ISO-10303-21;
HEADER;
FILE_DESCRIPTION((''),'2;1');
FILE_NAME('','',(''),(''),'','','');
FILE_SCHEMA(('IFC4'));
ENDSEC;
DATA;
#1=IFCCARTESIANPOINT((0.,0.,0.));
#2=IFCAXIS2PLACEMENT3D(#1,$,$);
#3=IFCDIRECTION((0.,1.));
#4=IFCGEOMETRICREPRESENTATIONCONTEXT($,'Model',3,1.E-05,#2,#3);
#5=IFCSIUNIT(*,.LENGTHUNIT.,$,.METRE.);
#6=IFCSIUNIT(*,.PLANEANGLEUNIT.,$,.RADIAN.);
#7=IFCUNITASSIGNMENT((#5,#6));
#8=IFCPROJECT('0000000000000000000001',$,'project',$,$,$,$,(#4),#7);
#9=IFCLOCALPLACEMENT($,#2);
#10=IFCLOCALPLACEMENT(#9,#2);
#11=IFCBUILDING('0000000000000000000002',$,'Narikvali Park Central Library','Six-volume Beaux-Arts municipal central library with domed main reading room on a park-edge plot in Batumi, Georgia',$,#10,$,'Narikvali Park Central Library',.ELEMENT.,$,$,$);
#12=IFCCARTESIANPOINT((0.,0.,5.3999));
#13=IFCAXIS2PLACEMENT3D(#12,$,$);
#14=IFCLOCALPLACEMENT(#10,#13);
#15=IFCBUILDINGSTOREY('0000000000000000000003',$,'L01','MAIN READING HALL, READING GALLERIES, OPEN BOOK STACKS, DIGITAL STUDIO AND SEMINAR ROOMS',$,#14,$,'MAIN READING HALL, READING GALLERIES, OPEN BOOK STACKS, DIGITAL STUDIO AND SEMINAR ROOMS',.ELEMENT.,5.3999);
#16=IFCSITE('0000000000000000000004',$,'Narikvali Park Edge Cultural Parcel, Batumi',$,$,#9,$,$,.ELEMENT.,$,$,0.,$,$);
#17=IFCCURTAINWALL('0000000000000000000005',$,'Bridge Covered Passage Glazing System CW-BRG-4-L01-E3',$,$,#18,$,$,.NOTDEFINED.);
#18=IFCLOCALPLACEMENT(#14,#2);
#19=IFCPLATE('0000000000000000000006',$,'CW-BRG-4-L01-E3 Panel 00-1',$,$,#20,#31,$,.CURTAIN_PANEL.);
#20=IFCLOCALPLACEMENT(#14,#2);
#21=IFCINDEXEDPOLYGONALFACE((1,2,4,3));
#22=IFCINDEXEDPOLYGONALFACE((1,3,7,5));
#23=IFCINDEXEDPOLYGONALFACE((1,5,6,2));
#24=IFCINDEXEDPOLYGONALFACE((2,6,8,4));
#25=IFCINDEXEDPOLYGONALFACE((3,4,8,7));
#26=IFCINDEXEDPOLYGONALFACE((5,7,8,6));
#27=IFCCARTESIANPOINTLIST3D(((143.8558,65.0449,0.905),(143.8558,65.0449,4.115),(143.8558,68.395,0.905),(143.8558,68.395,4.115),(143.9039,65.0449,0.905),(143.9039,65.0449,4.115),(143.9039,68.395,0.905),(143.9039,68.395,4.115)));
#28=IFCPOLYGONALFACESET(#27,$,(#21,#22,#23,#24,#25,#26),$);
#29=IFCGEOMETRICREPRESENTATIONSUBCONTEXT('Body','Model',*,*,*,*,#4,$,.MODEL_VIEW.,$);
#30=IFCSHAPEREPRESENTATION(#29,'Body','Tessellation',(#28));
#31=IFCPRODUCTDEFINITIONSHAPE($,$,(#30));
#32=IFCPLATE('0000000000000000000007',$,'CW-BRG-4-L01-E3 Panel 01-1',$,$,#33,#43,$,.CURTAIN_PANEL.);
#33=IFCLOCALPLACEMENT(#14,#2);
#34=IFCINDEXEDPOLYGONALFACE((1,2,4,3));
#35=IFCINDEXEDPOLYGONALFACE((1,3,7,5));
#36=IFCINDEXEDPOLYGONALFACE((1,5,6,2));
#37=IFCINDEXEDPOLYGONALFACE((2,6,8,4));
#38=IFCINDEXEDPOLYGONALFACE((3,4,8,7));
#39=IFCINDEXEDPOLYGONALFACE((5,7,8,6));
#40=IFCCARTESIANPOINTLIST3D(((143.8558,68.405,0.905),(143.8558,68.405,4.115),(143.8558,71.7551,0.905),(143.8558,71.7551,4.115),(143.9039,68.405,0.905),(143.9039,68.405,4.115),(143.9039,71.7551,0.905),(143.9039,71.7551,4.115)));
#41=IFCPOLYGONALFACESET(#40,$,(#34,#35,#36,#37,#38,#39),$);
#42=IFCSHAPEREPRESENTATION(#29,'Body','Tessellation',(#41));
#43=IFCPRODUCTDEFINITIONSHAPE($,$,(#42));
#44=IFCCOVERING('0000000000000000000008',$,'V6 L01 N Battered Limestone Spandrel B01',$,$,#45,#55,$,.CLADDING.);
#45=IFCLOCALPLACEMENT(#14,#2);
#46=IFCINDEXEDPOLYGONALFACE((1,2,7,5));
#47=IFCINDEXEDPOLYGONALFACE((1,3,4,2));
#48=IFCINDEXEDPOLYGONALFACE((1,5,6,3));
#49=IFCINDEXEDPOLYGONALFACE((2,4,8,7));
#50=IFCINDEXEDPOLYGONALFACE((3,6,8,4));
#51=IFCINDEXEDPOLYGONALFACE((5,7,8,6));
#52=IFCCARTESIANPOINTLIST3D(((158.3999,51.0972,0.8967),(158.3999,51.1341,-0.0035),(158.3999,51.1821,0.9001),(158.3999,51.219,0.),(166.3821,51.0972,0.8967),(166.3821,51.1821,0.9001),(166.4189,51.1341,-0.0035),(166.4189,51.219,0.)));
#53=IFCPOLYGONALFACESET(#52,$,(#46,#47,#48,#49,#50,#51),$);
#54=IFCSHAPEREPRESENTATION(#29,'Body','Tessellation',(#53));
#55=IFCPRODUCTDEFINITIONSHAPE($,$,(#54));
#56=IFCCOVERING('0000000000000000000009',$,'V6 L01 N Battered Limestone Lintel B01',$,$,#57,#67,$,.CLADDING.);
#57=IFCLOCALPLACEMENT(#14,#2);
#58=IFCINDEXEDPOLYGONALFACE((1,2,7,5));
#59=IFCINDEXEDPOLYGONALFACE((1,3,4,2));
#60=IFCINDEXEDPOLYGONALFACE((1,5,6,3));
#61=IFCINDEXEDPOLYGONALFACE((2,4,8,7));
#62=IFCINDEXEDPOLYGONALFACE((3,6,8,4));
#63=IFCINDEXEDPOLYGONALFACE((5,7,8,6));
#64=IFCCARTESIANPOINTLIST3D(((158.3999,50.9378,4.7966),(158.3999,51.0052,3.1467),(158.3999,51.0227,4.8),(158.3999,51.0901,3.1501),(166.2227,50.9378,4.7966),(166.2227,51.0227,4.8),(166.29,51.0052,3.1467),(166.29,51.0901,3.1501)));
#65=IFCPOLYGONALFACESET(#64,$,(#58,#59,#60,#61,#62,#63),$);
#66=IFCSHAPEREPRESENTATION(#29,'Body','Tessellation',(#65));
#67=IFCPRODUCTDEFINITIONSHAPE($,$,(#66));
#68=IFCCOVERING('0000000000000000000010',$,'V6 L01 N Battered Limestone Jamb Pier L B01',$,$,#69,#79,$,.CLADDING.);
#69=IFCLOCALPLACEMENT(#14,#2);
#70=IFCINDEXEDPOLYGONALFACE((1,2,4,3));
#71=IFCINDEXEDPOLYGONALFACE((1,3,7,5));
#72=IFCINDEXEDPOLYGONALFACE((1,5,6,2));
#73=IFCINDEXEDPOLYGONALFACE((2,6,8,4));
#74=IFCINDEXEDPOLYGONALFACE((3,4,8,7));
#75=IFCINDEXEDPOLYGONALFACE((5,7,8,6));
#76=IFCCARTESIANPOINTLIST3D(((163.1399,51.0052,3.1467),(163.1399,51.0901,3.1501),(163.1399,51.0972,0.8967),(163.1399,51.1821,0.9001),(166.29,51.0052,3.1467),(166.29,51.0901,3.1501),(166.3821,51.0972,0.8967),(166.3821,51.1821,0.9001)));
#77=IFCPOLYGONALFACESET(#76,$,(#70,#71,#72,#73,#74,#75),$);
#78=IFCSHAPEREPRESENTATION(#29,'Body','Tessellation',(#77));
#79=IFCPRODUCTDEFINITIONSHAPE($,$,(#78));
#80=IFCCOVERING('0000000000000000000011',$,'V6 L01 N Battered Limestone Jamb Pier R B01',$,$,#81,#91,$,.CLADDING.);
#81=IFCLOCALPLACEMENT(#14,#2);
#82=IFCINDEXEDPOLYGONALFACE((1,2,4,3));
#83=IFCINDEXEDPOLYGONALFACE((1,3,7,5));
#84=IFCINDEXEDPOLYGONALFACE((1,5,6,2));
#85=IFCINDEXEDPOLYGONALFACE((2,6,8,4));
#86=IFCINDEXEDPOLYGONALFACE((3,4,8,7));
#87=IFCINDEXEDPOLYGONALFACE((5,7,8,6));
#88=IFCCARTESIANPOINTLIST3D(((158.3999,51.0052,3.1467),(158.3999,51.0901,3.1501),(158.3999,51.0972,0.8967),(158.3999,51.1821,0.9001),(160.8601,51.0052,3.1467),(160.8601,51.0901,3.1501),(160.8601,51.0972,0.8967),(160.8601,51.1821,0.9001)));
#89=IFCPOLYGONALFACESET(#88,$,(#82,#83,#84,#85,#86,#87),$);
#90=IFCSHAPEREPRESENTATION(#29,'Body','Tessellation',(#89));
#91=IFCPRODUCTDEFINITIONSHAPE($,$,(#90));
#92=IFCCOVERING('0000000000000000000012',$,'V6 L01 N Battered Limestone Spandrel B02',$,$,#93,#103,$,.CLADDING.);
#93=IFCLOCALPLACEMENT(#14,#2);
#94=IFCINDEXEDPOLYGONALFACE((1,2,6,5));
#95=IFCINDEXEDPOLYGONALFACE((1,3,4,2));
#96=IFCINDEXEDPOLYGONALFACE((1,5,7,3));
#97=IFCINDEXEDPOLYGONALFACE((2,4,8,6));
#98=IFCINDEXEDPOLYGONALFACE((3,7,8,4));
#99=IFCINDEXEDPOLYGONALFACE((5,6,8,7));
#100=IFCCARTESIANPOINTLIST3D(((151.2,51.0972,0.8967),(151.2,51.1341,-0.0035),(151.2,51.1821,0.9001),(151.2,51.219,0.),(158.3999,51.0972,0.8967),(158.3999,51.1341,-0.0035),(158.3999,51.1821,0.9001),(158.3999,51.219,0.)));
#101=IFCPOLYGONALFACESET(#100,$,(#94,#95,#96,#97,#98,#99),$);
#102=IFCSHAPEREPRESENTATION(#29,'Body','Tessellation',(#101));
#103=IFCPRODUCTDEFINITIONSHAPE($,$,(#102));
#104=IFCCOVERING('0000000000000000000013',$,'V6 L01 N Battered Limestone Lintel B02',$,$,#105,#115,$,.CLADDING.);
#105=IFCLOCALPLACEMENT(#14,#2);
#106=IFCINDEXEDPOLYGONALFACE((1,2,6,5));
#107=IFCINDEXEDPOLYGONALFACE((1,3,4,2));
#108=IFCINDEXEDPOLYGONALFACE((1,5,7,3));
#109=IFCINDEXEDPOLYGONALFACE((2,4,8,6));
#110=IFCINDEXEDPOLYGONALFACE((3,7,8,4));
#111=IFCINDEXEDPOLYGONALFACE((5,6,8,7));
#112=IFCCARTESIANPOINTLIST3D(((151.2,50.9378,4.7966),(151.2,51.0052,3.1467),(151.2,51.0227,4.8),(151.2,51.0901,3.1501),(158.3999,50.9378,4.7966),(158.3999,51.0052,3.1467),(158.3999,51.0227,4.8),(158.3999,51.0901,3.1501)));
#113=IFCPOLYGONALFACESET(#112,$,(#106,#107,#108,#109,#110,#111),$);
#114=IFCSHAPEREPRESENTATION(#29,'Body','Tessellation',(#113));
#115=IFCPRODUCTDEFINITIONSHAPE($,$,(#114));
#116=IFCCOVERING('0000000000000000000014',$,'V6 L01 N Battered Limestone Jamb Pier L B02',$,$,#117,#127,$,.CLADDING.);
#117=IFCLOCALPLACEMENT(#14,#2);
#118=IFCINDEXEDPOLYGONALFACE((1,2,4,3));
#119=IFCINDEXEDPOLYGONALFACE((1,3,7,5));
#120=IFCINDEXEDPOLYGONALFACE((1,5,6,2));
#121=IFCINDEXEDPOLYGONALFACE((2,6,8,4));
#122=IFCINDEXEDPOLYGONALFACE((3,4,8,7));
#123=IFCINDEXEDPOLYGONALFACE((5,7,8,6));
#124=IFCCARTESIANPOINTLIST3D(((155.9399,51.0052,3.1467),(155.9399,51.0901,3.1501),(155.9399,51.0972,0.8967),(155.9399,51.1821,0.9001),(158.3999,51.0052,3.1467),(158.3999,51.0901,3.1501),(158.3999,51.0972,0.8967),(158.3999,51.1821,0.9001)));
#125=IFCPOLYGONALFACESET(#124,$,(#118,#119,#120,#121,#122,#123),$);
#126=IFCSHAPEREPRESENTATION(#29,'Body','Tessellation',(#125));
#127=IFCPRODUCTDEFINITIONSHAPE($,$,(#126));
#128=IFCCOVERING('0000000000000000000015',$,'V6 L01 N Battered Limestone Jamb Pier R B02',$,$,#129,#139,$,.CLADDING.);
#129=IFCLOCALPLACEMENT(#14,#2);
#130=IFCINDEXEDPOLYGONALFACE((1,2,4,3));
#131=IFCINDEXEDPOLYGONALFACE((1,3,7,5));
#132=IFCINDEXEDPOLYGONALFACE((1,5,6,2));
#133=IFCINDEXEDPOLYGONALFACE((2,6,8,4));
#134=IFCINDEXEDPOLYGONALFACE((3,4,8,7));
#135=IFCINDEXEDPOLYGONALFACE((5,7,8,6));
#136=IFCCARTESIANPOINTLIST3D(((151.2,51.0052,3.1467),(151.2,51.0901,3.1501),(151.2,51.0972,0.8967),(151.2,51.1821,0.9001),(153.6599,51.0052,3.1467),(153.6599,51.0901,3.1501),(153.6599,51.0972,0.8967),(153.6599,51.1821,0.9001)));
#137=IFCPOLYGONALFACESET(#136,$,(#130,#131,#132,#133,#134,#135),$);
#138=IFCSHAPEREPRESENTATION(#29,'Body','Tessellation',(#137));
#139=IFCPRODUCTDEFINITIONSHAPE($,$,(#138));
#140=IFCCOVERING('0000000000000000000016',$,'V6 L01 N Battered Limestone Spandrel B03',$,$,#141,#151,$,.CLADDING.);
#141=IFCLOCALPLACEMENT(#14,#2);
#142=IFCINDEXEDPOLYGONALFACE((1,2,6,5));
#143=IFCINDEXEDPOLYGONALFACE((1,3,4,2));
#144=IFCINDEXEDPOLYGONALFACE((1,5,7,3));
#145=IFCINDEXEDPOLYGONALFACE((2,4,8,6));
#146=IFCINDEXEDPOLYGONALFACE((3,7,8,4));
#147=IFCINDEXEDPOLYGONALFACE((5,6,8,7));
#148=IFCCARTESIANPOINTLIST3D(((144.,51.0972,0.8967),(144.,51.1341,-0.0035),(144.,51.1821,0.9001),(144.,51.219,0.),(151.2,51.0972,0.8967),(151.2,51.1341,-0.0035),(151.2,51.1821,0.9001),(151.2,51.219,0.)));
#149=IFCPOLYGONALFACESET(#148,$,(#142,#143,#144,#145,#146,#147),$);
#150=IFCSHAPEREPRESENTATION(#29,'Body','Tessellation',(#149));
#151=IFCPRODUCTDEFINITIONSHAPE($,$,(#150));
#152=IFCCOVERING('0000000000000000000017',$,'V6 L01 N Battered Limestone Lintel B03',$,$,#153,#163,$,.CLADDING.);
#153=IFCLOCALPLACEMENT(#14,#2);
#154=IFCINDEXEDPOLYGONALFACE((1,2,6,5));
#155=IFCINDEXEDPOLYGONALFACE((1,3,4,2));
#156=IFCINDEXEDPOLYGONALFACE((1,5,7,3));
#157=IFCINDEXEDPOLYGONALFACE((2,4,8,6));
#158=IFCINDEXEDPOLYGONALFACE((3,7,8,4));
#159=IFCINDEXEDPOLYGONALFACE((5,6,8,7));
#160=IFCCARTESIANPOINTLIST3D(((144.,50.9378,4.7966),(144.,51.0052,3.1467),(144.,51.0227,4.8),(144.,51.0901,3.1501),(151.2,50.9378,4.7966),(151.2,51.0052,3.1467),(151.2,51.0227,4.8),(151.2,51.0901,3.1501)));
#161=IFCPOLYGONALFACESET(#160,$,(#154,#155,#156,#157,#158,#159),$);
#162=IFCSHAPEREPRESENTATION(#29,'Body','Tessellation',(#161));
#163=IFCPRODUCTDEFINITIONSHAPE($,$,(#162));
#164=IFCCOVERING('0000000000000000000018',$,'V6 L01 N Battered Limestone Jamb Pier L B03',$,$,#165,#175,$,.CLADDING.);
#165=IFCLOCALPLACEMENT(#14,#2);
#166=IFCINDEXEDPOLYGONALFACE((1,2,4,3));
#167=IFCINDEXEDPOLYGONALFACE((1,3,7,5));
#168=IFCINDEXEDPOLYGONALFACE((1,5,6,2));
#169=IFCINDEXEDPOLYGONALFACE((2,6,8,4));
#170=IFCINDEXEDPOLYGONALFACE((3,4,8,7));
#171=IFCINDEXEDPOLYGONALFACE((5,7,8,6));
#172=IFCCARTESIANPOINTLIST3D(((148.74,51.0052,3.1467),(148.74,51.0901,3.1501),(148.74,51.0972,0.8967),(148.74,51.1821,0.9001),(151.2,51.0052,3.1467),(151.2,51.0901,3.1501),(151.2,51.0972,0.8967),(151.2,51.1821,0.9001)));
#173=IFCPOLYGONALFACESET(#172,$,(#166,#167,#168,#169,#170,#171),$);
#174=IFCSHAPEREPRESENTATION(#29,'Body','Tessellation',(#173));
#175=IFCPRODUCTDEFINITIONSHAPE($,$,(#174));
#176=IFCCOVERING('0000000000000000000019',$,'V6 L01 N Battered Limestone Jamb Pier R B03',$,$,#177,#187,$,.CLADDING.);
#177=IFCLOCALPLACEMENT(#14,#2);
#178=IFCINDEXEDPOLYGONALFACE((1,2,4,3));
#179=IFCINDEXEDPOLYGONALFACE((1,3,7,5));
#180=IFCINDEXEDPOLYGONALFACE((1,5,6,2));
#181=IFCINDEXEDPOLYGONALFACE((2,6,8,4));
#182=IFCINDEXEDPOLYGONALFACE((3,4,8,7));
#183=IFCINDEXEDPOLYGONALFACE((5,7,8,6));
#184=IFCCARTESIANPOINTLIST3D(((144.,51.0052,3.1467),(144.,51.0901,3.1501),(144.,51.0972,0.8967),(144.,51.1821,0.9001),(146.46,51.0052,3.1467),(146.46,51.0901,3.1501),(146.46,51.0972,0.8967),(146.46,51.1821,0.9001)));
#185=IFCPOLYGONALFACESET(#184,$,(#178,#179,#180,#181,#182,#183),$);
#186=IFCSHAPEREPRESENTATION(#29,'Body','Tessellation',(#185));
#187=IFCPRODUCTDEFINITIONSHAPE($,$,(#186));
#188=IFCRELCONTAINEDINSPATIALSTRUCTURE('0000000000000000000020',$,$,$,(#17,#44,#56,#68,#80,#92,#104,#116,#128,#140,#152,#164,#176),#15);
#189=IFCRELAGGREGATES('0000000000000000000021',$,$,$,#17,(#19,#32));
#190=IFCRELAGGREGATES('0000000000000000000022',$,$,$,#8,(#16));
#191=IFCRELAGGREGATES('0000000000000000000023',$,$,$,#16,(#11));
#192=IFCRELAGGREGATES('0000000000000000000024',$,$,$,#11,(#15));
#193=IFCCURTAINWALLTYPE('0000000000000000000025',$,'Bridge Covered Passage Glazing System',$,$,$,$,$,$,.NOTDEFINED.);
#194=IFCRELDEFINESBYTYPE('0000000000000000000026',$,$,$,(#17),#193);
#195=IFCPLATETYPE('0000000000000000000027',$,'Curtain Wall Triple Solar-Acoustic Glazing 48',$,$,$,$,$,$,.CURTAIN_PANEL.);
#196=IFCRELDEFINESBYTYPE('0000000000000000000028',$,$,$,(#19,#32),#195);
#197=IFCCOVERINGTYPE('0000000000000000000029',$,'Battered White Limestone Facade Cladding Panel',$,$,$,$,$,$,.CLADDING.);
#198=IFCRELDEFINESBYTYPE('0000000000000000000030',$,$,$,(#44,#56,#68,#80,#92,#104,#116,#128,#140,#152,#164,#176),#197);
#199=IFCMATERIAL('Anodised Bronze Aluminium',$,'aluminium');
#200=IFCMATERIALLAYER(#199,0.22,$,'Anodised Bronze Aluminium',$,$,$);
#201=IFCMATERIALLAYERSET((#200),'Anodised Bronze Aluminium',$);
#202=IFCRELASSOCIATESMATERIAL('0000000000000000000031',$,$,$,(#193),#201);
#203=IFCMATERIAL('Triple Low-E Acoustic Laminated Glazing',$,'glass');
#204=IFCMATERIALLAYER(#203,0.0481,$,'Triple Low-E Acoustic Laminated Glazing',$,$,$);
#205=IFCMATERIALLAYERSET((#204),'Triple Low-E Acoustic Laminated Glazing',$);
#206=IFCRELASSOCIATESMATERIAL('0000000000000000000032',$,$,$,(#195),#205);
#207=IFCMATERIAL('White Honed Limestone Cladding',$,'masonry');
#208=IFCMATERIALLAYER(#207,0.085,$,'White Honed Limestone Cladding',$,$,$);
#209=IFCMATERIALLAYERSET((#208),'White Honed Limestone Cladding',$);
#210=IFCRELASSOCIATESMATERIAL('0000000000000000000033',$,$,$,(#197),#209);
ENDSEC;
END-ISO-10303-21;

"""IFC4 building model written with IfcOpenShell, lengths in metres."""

from ifc_helpers import new_model, si_unit, direction, frame, origin, origin_2d, place, context, subcontext, project, spatial, polyline, rectangle, outline, extrude, material, layer, layer_set, type_object, element, aggregate, save


model = new_model("IFC4")

# Units and contexts
model_context = context("Model", 3, precision=1e-05, world=origin(), true_north=direction((0.0, 1.0)))
body_context = subcontext(model_context, "Body", "Model", "MODEL_VIEW")
ifc_project = project(units=[si_unit("LENGTHUNIT", "METRE"), si_unit("PLANEANGLEUNIT", "RADIAN")], contexts=[model_context])

# Site, building, storey
site_placement = place(None, origin())
site = spatial("IfcSite", under=ifc_project, at=site_placement, Name="Narikvali Park Edge Cultural Parcel, Batumi", CompositionType="ELEMENT", RefElevation=0.0)
building_placement = place(site_placement, origin())
building = spatial("IfcBuilding", under=site, at=building_placement, Name="Narikvali Park Central Library", Description="Six-volume Beaux-Arts municipal central library with domed main reading room on a park-edge plot in Batumi, Georgia", LongName="Narikvali Park Central Library", CompositionType="ELEMENT")
storey_placement = place(building_placement, frame((0.0, 0.0, 5.3999)))
storey = spatial("IfcBuildingStorey", under=building, at=storey_placement, Name="L01", Description="MAIN READING HALL, READING GALLERIES, OPEN BOOK STACKS, DIGITAL STUDIO AND SEMINAR ROOMS", LongName="MAIN READING HALL, READING GALLERIES, OPEN BOOK STACKS, DIGITAL STUDIO AND SEMINAR ROOMS", CompositionType="ELEMENT", Elevation=5.3999)

# Curtain wall
ifc_material_1 = material(Name="Anodised Bronze Aluminium", Category="aluminium")
ifc_layer_1 = layer(ifc_material_1, 0.22, Name="Anodised Bronze Aluminium")
ifc_layer_set_1 = layer_set([ifc_layer_1], Name="Anodised Bronze Aluminium")
curtain_wall_type = type_object("IfcCurtainWallType", Name="Bridge Covered Passage Glazing System", PredefinedType="NOTDEFINED", material=ifc_layer_set_1)
curtain_wall_1_placement = place(storey_placement, origin())
curtain_wall_1 = element("IfcCurtainWall", 1, at=curtain_wall_1_placement, inside=storey, type_object=curtain_wall_type, Name="Bridge Covered Passage Glazing System CW-BRG-4-L01-E3", PredefinedType="NOTDEFINED")

# Plates
ifc_material_2 = material(Name="Triple Low-E Acoustic Laminated Glazing", Category="glass")
ifc_layer_2 = layer(ifc_material_2, 0.0481, Name="Triple Low-E Acoustic Laminated Glazing")
ifc_layer_set_2 = layer_set([ifc_layer_2], Name="Triple Low-E Acoustic Laminated Glazing")
plate_type_1 = type_object("IfcPlateType", Name="Curtain Wall Triple Solar-Acoustic Glazing 48", PredefinedType="CURTAIN_PANEL", material=ifc_layer_set_2)
plate_1_placement = place(storey_placement, frame((143.8799, 66.72, 0.905), z_axis=(0.0, 0.0, 1.0), x_axis=(0.0, 1.0, 0.0)))
plate_1 = element("IfcPlate", 2, at=plate_1_placement, type_object=plate_type_1, Name="CW-BRG-4-L01-E3 Panel 00-1", PredefinedType="CURTAIN_PANEL", context=body_context, shape_type="SweptSolid", body=[
    extrude(rectangle(XDim=3.3501, YDim=0.0481, at=origin_2d()), origin(), (0.0, 0.0, 1.0), 3.21),
])
plate_2_placement = place(storey_placement, frame((143.8799, 70.0801, 0.905), z_axis=(0.0, 0.0, 1.0), x_axis=(0.0, 1.0, 0.0)))
plate_2 = element("IfcPlate", 3, at=plate_2_placement, type_object=plate_type_1, Name="CW-BRG-4-L01-E3 Panel 01-1", PredefinedType="CURTAIN_PANEL", context=body_context, shape_type="SweptSolid", body=[
    extrude(rectangle(XDim=3.3501, YDim=0.0481, at=origin_2d()), origin(), (0.0, 0.0, 1.0), 3.21),
])
aggregate(curtain_wall_1, [plate_1, plate_2])

# Coverings
ifc_material_3 = material(Name="White Honed Limestone Cladding", Category="masonry")
ifc_layer_3 = layer(ifc_material_3, 0.085, Name="White Honed Limestone Cladding")
ifc_layer_set_3 = layer_set([ifc_layer_3], Name="White Honed Limestone Cladding")
covering_type = type_object("IfcCoveringType", Name="Battered White Limestone Facade Cladding Panel", PredefinedType="CLADDING", material=ifc_layer_set_3)
covering_1_placement = place(storey_placement, frame((166.4189, 51.219, 0.0), z_axis=(0.0, 0.999162, 0.04092), x_axis=(-1.0, 0.0, 0.0)))
element("IfcCovering", 4, at=covering_1_placement, inside=storey, type_object=covering_type, Name="V6 L01 N Battered Limestone Spandrel B01", PredefinedType="CLADDING", context=body_context, shape_type="SweptSolid", body=[
    extrude(outline(polyline([(0.0, 0.0), (8.019, 0.0), (8.019, 0.9009), (0.0369, 0.9009), (0.0, 0.0)])), origin(), (0.0, 0.0, -1.0), 0.085),
])
covering_2_placement = place(storey_placement, frame((166.29, 51.0901, 3.1501), z_axis=(0.0, 0.999167, 0.040806), x_axis=(-1.0, 0.0, 0.0)))
element("IfcCovering", 5, at=covering_2_placement, inside=storey, type_object=covering_type, Name="V6 L01 N Battered Limestone Lintel B01", PredefinedType="CLADDING", context=body_context, shape_type="SweptSolid", body=[
    extrude(outline(polyline([(0.0, 0.0), (7.8901, 0.0), (7.8901, 1.6513), (0.0674, 1.6513), (0.0, 0.0)])), origin(), (0.0, 0.0, -1.0), 0.085),
])
covering_3_placement = place(storey_placement, frame((166.3821, 51.1821, 0.9001), z_axis=(0.0, 0.999164, 0.040873), x_axis=(-1.0, 0.0, 0.0)))
element("IfcCovering", 6, at=covering_3_placement, inside=storey, type_object=covering_type, Name="V6 L01 N Battered Limestone Jamb Pier L B01", PredefinedType="CLADDING", context=body_context, shape_type="SweptSolid", body=[
    extrude(outline(polyline([(0.0, 0.0), (3.2422, 0.0), (3.2422, 2.2519), (0.092, 2.2519), (0.0, 0.0)])), origin(), (0.0, 0.0, -1.0), 0.085),
])
covering_4_placement = place(storey_placement, frame((160.8601, 51.1821, 0.9001), z_axis=(0.0, 0.999164, 0.040873), x_axis=(-1.0, 0.0, 0.0)))
element("IfcCovering", 7, at=covering_4_placement, inside=storey, type_object=covering_type, Name="V6 L01 N Battered Limestone Jamb Pier R B01", PredefinedType="CLADDING", context=body_context, shape_type="SweptSolid", body=[
    extrude(outline(polyline([(0.0, 0.0), (2.4602, 0.0), (2.4602, 2.2519), (0.0, 2.2519), (0.0, 0.0)])), origin(), (0.0, 0.0, -1.0), 0.085),
])
covering_5_placement = place(storey_placement, frame((158.3999, 51.219, 0.0), z_axis=(0.0, 0.999162, 0.04092), x_axis=(-1.0, 0.0, 0.0)))
element("IfcCovering", 8, at=covering_5_placement, inside=storey, type_object=covering_type, Name="V6 L01 N Battered Limestone Spandrel B02", PredefinedType="CLADDING", context=body_context, shape_type="SweptSolid", body=[
    extrude(outline(polyline([(0.0, 0.0), (7.2, 0.0), (7.2, 0.9009), (0.0, 0.9009), (0.0, 0.0)])), origin(), (0.0, 0.0, -1.0), 0.085),
])
covering_6_placement = place(storey_placement, frame((158.3999, 51.0901, 3.1501), z_axis=(0.0, 0.999167, 0.040806), x_axis=(-1.0, 0.0, 0.0)))
element("IfcCovering", 9, at=covering_6_placement, inside=storey, type_object=covering_type, Name="V6 L01 N Battered Limestone Lintel B02", PredefinedType="CLADDING", context=body_context, shape_type="SweptSolid", body=[
    extrude(outline(polyline([(0.0, 0.0), (7.2, 0.0), (7.2, 1.6513), (0.0, 1.6513), (0.0, 0.0)])), origin(), (0.0, 0.0, -1.0), 0.085),
])
for number, where, z_axis, x_axis, name in (
    (10, (158.3999, 51.1821, 0.9001), (0.0, 0.999164, 0.040873), (-1.0, 0.0, 0.0), "V6 L01 N Battered Limestone Jamb Pier L B02"),
    (11, (153.6599, 51.1821, 0.9001), (0.0, 0.999164, 0.040873), (-1.0, 0.0, 0.0), "V6 L01 N Battered Limestone Jamb Pier R B02"),
):
    element("IfcCovering", number, at=place(storey_placement, frame(where, z_axis=z_axis, x_axis=x_axis)), inside=storey, type_object=covering_type, Name=name, PredefinedType="CLADDING", context=body_context, shape_type="SweptSolid", body=[
        extrude(outline(polyline([(0.0, 0.0), (2.46, 0.0), (2.46, 2.2519), (0.0, 2.2519), (0.0, 0.0)])), origin(), (0.0, 0.0, -1.0), 0.085),
    ])
covering_7_placement = place(storey_placement, frame((151.2, 51.219, 0.0), z_axis=(0.0, 0.999162, 0.04092), x_axis=(-1.0, 0.0, 0.0)))
element("IfcCovering", 12, at=covering_7_placement, inside=storey, type_object=covering_type, Name="V6 L01 N Battered Limestone Spandrel B03", PredefinedType="CLADDING", context=body_context, shape_type="SweptSolid", body=[
    extrude(outline(polyline([(0.0, 0.0), (7.2, 0.0), (7.2, 0.9009), (0.0, 0.9009), (0.0, 0.0)])), origin(), (0.0, 0.0, -1.0), 0.085),
])
covering_8_placement = place(storey_placement, frame((151.2, 51.0901, 3.1501), z_axis=(0.0, 0.999167, 0.040806), x_axis=(-1.0, 0.0, 0.0)))
element("IfcCovering", 13, at=covering_8_placement, inside=storey, type_object=covering_type, Name="V6 L01 N Battered Limestone Lintel B03", PredefinedType="CLADDING", context=body_context, shape_type="SweptSolid", body=[
    extrude(outline(polyline([(0.0, 0.0), (7.2, 0.0), (7.2, 1.6513), (0.0, 1.6513), (0.0, 0.0)])), origin(), (0.0, 0.0, -1.0), 0.085),
])
for number, where, z_axis, x_axis, name in (
    (14, (151.2, 51.1821, 0.9001), (0.0, 0.999164, 0.040873), (-1.0, 0.0, 0.0), "V6 L01 N Battered Limestone Jamb Pier L B03"),
    (15, (146.46, 51.1821, 0.9001), (0.0, 0.999164, 0.040873), (-1.0, 0.0, 0.0), "V6 L01 N Battered Limestone Jamb Pier R B03"),
):
    element("IfcCovering", number, at=place(storey_placement, frame(where, z_axis=z_axis, x_axis=x_axis)), inside=storey, type_object=covering_type, Name=name, PredefinedType="CLADDING", context=body_context, shape_type="SweptSolid", body=[
        extrude(outline(polyline([(0.0, 0.0), (2.46, 0.0), (2.46, 2.2519), (0.0, 2.2519), (0.0, 0.0)])), origin(), (0.0, 0.0, -1.0), 0.085),
    ])

save(model, "model.ifc")
